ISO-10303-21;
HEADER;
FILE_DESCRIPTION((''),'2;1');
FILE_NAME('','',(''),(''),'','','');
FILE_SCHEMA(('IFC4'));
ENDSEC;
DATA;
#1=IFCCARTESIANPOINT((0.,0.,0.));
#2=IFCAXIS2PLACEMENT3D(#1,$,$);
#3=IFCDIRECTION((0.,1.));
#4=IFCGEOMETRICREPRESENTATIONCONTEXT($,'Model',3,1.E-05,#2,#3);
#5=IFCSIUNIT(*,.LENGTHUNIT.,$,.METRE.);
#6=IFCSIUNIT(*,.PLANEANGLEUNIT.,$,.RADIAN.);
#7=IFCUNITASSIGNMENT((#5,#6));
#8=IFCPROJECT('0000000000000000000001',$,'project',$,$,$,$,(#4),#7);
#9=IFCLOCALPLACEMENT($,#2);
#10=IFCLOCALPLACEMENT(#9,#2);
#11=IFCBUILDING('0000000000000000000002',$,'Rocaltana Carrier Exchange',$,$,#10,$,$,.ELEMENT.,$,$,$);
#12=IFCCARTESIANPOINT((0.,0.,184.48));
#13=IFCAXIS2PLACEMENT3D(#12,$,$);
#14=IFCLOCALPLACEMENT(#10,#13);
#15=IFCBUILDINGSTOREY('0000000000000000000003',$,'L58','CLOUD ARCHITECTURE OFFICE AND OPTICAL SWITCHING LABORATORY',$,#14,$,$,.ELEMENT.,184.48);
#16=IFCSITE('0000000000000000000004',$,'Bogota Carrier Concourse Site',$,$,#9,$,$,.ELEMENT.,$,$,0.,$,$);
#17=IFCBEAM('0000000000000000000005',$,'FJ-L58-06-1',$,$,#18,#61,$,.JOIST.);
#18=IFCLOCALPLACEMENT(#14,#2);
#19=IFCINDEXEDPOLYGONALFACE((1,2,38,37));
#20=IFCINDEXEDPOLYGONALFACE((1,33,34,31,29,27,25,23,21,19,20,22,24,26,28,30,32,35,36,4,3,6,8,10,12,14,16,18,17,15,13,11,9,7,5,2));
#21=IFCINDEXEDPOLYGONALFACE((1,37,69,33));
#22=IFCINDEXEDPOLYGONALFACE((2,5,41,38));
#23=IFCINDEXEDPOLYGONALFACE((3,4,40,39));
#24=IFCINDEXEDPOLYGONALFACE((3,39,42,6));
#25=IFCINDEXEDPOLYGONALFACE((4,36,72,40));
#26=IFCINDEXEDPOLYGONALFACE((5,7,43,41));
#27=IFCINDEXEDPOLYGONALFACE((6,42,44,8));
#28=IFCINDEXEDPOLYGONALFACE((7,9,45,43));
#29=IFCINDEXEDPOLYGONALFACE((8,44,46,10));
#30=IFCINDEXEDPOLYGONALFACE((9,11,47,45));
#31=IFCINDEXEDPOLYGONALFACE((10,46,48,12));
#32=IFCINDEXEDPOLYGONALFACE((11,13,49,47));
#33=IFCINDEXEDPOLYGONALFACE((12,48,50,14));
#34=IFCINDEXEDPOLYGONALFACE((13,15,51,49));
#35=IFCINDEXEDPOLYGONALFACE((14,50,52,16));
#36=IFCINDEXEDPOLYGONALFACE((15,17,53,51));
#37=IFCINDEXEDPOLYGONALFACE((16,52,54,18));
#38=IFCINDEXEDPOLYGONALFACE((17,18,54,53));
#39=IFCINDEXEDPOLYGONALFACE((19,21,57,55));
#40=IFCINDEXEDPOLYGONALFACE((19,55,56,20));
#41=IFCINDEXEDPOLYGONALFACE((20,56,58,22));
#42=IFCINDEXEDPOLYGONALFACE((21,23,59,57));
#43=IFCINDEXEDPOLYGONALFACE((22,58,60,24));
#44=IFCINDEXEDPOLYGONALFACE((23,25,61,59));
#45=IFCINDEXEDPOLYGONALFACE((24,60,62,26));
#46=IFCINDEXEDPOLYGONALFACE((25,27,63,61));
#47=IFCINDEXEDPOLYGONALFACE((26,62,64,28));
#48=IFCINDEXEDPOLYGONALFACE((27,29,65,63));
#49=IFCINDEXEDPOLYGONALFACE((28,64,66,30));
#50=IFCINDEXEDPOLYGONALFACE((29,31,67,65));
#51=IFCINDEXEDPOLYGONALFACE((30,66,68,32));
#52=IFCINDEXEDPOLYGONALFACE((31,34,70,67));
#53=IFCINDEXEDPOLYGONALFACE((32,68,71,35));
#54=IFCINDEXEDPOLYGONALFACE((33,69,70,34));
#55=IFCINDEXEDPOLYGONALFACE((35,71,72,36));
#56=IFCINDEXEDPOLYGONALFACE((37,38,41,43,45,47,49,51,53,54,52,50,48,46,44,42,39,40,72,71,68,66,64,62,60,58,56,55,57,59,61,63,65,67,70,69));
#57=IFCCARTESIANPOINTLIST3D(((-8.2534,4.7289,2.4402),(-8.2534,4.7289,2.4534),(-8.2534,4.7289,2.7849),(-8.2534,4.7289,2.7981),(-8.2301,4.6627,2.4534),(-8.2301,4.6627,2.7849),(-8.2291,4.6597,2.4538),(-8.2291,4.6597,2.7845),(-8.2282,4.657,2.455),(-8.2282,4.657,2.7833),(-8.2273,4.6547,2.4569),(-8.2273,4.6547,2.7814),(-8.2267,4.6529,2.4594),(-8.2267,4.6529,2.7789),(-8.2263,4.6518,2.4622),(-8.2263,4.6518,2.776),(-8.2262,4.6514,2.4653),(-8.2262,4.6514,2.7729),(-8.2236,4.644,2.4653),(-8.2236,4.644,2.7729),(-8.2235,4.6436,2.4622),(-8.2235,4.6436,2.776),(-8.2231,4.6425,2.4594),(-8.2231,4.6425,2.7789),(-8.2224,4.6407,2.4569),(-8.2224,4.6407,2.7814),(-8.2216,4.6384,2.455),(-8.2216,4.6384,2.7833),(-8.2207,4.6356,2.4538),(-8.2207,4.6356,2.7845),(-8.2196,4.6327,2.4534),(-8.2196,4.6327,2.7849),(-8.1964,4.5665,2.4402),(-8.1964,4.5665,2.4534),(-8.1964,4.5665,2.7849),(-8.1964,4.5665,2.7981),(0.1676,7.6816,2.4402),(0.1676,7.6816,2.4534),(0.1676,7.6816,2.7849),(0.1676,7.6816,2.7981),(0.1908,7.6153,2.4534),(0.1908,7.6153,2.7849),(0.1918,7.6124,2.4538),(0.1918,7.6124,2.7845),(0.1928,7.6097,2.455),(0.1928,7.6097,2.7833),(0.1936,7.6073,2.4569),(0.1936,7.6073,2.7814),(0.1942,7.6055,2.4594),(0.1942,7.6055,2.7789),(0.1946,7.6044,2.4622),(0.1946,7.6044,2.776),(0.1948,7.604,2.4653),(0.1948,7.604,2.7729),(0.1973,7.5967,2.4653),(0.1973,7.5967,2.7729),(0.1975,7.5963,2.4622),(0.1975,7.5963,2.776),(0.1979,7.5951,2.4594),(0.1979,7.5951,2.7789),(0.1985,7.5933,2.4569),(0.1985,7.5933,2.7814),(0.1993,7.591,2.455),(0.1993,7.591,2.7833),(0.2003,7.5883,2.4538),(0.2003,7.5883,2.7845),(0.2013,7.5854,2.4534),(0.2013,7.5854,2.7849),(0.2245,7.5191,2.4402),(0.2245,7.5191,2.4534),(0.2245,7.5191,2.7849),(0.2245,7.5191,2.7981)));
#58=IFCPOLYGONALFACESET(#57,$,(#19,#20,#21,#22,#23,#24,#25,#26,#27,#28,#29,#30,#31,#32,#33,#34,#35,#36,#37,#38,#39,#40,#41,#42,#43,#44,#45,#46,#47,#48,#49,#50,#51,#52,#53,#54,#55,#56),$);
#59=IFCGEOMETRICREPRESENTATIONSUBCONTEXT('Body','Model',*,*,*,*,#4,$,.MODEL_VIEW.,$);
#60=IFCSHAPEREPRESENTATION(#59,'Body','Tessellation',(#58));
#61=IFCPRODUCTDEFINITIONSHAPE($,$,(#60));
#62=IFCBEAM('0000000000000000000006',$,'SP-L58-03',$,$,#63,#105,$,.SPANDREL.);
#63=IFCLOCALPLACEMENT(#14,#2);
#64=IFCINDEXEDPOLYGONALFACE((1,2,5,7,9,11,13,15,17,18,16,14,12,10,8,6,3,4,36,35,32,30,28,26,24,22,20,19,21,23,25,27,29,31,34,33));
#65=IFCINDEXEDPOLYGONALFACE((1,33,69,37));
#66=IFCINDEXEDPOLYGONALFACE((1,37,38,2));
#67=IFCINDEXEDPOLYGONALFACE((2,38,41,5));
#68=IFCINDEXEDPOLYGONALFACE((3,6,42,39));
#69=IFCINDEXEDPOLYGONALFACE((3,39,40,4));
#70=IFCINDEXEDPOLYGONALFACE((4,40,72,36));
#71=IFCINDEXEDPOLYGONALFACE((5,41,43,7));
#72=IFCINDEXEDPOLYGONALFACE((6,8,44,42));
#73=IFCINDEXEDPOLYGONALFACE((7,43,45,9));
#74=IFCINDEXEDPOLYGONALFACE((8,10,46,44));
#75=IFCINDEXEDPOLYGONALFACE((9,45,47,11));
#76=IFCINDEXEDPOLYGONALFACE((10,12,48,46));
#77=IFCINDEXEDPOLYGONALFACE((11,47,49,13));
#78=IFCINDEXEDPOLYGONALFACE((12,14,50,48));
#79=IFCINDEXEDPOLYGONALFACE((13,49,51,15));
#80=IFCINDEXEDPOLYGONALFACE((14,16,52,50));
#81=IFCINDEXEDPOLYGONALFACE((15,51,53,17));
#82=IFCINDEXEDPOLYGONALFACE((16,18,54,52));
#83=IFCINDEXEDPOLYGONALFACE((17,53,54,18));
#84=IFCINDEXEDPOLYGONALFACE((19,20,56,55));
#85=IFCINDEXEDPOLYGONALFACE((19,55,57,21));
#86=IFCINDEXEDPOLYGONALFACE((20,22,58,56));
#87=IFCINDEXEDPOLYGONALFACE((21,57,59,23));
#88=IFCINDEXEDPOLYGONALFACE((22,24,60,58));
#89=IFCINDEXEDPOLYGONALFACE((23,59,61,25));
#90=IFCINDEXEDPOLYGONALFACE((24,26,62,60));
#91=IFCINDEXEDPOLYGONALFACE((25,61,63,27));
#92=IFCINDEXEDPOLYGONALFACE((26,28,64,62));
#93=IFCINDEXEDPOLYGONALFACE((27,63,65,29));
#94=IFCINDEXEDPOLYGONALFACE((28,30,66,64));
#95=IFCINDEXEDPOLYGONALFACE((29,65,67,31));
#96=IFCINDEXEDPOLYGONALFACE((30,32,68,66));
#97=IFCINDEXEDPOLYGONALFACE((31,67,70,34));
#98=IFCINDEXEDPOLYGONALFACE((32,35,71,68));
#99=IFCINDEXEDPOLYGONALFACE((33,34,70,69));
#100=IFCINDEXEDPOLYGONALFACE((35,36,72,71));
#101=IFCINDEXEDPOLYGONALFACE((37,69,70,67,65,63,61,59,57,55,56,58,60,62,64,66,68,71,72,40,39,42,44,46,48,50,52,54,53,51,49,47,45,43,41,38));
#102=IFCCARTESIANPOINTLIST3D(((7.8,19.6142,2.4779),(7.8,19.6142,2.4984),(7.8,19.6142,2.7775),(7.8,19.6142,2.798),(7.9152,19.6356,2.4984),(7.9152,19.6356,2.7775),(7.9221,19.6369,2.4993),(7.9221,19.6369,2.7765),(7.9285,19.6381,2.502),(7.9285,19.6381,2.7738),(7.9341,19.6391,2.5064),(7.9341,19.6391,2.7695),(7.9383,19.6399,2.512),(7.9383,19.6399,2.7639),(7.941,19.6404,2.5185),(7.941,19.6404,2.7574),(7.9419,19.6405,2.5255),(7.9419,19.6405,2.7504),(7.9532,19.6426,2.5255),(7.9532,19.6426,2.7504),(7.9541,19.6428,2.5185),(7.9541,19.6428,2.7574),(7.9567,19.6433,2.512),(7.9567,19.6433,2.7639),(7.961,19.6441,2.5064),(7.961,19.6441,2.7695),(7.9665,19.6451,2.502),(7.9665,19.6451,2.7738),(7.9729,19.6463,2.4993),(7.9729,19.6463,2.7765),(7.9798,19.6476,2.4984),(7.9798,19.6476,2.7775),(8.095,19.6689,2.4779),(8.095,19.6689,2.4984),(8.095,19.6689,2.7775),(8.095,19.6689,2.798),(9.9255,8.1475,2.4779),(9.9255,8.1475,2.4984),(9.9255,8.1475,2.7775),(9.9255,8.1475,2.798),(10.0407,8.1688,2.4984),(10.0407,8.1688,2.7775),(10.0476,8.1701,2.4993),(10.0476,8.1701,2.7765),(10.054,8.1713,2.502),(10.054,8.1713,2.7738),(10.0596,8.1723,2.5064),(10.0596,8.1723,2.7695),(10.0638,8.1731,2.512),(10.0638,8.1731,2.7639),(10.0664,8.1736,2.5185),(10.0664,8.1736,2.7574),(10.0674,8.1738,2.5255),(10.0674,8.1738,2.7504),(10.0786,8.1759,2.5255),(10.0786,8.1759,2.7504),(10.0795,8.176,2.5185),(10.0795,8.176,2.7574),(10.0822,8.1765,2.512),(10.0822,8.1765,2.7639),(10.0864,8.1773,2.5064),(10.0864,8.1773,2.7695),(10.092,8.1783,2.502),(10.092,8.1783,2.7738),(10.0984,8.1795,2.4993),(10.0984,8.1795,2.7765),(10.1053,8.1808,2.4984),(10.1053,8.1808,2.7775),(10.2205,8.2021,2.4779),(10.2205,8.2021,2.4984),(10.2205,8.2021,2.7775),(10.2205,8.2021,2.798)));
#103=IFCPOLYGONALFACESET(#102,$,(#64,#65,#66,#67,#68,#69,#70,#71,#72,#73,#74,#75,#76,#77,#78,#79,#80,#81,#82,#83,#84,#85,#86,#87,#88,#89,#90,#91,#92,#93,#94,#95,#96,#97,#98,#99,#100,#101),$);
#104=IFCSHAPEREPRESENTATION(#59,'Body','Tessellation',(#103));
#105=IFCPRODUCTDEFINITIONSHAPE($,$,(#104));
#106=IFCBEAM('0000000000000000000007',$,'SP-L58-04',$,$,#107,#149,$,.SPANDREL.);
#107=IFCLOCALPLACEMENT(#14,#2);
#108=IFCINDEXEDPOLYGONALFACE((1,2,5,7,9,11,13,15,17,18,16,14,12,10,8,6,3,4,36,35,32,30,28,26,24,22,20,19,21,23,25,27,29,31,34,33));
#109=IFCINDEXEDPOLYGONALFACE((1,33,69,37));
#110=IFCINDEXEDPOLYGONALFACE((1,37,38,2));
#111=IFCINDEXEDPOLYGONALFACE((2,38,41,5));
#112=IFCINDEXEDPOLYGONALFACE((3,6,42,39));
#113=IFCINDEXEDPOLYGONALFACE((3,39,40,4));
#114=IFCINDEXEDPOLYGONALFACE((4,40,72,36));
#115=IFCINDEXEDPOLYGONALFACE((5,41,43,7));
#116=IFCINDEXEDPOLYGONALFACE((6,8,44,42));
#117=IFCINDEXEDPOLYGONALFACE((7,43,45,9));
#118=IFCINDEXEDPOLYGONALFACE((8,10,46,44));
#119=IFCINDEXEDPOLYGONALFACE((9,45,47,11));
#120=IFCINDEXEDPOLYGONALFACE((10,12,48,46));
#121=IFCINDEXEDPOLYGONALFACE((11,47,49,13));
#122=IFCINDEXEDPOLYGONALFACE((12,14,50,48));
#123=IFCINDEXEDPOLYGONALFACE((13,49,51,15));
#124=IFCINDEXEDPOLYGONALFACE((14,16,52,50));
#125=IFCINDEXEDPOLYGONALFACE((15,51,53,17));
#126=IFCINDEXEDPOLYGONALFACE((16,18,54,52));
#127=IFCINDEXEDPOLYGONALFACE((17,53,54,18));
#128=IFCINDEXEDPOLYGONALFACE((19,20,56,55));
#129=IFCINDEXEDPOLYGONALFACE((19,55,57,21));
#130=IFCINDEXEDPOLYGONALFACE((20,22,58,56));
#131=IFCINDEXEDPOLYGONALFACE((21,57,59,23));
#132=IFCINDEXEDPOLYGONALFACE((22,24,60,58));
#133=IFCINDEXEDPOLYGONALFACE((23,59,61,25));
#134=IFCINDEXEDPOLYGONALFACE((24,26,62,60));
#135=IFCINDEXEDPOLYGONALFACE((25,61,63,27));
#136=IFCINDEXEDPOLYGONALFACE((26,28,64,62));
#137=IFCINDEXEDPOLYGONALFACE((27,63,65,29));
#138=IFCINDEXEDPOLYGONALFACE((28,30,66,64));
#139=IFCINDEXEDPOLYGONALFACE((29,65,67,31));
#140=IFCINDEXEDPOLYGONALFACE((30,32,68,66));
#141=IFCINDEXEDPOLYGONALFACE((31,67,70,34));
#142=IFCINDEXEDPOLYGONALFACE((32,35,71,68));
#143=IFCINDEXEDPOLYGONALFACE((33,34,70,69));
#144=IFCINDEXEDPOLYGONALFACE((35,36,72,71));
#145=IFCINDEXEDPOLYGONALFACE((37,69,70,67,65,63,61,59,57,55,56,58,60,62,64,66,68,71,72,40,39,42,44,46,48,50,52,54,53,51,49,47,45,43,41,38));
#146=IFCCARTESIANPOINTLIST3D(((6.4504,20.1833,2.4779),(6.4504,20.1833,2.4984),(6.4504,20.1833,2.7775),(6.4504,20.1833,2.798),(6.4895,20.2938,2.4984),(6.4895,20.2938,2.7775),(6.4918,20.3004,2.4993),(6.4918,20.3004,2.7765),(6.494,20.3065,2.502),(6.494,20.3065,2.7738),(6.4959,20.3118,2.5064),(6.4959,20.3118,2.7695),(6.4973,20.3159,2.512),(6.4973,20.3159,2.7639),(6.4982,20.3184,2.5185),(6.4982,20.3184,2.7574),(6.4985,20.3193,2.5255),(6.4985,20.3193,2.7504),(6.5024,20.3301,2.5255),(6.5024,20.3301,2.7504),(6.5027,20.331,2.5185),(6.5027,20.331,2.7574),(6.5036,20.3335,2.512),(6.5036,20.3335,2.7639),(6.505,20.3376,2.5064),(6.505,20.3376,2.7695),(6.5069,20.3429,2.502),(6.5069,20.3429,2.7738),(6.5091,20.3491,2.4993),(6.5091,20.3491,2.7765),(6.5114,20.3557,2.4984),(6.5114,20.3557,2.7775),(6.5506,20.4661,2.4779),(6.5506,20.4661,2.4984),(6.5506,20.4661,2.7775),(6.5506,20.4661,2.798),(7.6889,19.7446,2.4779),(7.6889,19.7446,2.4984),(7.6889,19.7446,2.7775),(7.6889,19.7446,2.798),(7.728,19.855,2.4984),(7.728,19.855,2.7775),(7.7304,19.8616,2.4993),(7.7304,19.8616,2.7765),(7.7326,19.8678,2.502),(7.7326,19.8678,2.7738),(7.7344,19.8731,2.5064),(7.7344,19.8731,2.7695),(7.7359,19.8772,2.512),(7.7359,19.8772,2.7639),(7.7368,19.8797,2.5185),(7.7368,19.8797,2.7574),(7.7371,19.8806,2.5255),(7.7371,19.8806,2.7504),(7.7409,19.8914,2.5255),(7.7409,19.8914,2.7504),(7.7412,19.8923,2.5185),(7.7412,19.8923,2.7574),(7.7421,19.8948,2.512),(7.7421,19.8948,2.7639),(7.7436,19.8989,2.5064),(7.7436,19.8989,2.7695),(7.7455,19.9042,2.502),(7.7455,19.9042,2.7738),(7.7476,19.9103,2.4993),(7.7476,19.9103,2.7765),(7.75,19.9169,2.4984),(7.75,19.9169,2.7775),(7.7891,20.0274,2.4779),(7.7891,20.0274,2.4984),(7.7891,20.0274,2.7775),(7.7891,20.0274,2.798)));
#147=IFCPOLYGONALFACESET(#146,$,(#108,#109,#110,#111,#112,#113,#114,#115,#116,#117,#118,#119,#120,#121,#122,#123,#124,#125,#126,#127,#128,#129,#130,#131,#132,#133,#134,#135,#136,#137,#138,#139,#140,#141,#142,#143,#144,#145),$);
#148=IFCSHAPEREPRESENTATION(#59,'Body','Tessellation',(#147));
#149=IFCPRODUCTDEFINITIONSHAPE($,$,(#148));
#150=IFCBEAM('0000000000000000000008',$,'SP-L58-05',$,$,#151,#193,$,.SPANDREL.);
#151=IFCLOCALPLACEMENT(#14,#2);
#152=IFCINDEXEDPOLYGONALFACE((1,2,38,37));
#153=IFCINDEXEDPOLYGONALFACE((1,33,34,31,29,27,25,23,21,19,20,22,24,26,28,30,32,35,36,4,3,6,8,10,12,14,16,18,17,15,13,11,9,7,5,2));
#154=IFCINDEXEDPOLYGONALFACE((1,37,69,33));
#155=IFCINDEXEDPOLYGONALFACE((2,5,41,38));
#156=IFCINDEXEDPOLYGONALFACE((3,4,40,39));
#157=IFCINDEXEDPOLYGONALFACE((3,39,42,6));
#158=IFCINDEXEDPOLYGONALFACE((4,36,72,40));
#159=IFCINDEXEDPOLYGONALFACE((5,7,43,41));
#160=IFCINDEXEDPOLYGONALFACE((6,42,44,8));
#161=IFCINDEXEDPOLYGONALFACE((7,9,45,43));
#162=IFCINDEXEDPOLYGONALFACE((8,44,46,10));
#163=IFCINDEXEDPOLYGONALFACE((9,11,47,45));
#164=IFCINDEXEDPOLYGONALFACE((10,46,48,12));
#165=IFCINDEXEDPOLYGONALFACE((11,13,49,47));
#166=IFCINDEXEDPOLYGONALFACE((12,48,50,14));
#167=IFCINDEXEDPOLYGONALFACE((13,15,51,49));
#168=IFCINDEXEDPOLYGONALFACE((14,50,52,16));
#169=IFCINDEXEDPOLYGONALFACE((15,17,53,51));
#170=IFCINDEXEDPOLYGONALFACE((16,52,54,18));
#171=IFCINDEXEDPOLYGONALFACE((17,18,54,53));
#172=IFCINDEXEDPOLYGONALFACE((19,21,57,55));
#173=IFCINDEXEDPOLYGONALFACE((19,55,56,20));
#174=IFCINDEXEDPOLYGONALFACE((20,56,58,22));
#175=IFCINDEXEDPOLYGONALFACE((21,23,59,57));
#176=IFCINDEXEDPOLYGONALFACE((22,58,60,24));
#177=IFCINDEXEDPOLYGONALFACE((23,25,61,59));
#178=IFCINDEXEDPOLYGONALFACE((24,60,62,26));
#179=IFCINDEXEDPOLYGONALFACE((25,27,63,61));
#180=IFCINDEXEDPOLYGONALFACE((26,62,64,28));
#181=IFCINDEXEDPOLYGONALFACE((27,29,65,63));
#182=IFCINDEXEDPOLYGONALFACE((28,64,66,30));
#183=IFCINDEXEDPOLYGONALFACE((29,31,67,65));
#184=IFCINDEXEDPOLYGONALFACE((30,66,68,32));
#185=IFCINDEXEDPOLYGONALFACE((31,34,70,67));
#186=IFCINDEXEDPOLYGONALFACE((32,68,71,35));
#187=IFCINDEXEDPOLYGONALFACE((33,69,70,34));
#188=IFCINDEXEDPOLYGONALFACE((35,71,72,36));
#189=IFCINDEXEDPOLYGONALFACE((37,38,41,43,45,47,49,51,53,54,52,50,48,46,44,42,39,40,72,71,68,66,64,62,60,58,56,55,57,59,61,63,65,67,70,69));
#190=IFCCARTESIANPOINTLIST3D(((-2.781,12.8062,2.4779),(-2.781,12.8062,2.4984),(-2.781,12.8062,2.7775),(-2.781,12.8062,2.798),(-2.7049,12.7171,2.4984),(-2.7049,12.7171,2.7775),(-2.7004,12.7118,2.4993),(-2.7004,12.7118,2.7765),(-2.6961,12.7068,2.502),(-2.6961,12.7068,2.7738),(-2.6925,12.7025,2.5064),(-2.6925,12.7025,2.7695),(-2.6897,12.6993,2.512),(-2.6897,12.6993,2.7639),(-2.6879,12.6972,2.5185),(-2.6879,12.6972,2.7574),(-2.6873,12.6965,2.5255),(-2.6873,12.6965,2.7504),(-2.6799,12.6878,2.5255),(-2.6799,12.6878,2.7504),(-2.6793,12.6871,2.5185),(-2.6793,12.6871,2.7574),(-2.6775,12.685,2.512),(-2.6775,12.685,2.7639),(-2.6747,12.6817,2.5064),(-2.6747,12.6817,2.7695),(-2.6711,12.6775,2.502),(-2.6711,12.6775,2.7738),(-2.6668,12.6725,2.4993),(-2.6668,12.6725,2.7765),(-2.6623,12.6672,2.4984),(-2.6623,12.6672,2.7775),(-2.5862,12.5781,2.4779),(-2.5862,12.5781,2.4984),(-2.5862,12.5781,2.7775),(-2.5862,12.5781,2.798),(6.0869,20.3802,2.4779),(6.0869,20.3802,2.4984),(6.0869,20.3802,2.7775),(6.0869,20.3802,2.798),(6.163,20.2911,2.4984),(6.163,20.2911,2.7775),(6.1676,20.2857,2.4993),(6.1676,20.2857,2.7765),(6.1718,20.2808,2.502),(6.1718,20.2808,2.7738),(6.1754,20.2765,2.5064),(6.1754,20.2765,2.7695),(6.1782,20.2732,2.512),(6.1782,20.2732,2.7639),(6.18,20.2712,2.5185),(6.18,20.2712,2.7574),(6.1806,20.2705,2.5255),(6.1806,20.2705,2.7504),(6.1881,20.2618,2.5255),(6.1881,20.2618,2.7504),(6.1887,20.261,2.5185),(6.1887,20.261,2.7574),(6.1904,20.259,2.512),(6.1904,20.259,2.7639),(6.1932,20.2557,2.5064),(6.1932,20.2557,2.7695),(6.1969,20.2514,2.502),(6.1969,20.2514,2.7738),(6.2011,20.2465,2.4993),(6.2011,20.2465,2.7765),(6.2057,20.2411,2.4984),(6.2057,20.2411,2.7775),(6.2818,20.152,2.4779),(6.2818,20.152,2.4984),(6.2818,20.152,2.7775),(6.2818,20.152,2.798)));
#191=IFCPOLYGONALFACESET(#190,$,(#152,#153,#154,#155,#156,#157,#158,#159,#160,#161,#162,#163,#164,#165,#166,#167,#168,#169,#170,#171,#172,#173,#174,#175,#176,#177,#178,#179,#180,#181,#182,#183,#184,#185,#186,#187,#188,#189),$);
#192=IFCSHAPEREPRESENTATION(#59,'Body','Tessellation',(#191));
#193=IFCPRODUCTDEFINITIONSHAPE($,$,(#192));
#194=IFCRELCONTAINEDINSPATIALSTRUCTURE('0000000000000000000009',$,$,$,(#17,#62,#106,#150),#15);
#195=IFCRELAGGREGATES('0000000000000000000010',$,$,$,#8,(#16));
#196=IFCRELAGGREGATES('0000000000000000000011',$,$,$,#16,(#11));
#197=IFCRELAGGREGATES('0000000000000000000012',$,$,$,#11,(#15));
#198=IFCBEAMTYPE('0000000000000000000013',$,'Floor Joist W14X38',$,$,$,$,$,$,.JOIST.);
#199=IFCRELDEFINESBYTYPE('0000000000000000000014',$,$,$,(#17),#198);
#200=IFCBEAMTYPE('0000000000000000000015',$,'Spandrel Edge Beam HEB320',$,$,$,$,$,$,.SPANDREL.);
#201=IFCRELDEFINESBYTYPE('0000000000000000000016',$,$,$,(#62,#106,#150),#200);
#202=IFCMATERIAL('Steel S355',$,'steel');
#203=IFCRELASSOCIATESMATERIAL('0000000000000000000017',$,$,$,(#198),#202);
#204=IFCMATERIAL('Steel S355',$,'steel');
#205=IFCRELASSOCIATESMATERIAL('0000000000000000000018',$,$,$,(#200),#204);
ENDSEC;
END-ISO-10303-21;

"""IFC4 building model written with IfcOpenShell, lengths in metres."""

from ifc_helpers import new_model, si_unit, direction, frame, origin, origin_2d, place, context, subcontext, project, spatial, i_section, extrude, material, material_profile, profile_set, type_object, element, save


model = new_model("IFC4")

# Units and contexts
model_context = context("Model", 3, precision=1e-05, world=origin(), true_north=direction((0.0, 1.0)))
body_context = subcontext(model_context, "Body", "Model", "MODEL_VIEW")
ifc_project = project(units=[si_unit("LENGTHUNIT", "METRE"), si_unit("PLANEANGLEUNIT", "RADIAN")], contexts=[model_context])

# Site, building, storey
site_placement = place(None, origin())
site = spatial("IfcSite", under=ifc_project, at=site_placement, Name="Bogota Carrier Concourse Site", CompositionType="ELEMENT", RefElevation=0.0)
building_placement = place(site_placement, origin())
building = spatial("IfcBuilding", under=site, at=building_placement, Name="Rocaltana Carrier Exchange", CompositionType="ELEMENT")
storey_placement = place(building_placement, frame((0.0, 0.0, 184.48)))
storey = spatial("IfcBuildingStorey", under=building, at=storey_placement, Name="L58", Description="CLOUD ARCHITECTURE OFFICE AND OPTICAL SWITCHING LABORATORY", CompositionType="ELEMENT", Elevation=184.48)

# Beams
ifc_material_1 = material(Name="Steel S355", Category="steel")
ifc_material_profile_1 = material_profile(ifc_material_1, i_section(OverallWidth=0.1721, OverallDepth=0.3579, WebThickness=0.0078, FlangeThickness=0.0132, FilletRadius=0.012, at=origin_2d()), Name="W14X38")
ifc_profile_set_1 = profile_set([ifc_material_profile_1], Name="Steel S355")
beam_type_1 = type_object("IfcBeamType", Name="Floor Joist W14X38", PredefinedType="JOIST", material=ifc_profile_set_1)
beam_1_placement = place(storey_placement, frame((0.196, 7.6003, 2.6191), z_axis=(-0.943672, -0.330882, 0.0), x_axis=(0.330882, -0.943672, 0.0)))
element("IfcBeam", 1, at=beam_1_placement, inside=storey, type_object=beam_type_1, Name="FJ-L58-06-1", PredefinedType="JOIST", context=body_context, shape_type="SweptSolid", body=[
    extrude(i_section(OverallWidth=0.1721, OverallDepth=0.3579, WebThickness=0.0078, FlangeThickness=0.0132, FilletRadius=0.012, at=origin_2d()), origin(), (0.0, 0.0, 1.0), 8.9236),
])
ifc_material_2 = material(Name="Steel S355", Category="steel")
ifc_material_profile_2 = material_profile(ifc_material_2, i_section(OverallWidth=0.3, OverallDepth=0.3201, WebThickness=0.0115, FlangeThickness=0.0205, FilletRadius=0.0271, at=origin_2d()), Name="HEB320")
ifc_profile_set_2 = profile_set([ifc_material_profile_2], Name="Steel S355")
beam_type_2 = type_object("IfcBeamType", Name="Spandrel Edge Beam HEB320", PredefinedType="SPANDREL", material=ifc_profile_set_2)
beam_2_placement = place(storey_placement, frame((10.073, 8.1748, 2.6379), z_axis=(-0.182256, 0.983251, 0.0), x_axis=(-0.983251, -0.182256, 0.0)))
element("IfcBeam", 2, at=beam_2_placement, inside=storey, type_object=beam_type_2, Name="SP-L58-03", PredefinedType="SPANDREL", context=body_context, shape_type="SweptSolid", body=[
    extrude(i_section(OverallWidth=0.3, OverallDepth=0.3201, WebThickness=0.0115, FlangeThickness=0.0205, FilletRadius=0.0271, at=origin_2d()), origin(), (0.0, 0.0, 1.0), 11.6621),
])
beam_3_placement = place(storey_placement, frame((7.739, 19.886, 2.6379), z_axis=(-0.942609, 0.333899, 0.0), x_axis=(-0.333899, -0.942609, 0.0)))
element("IfcBeam", 3, at=beam_3_placement, inside=storey, type_object=beam_type_2, Name="SP-L58-04", PredefinedType="SPANDREL", context=body_context, shape_type="SweptSolid", body=[
    extrude(i_section(OverallWidth=0.3, OverallDepth=0.3201, WebThickness=0.0115, FlangeThickness=0.0205, FilletRadius=0.0271, at=origin_2d()), origin(), (0.0, 0.0, 1.0), 1.314),
])
beam_4_placement = place(storey_placement, frame((6.1843, 20.2661, 2.6379), z_axis=(-0.760404, -0.649451, 0.0), x_axis=(0.649451, -0.760404, 0.0)))
element("IfcBeam", 4, at=beam_4_placement, inside=storey, type_object=beam_type_2, Name="SP-L58-05", PredefinedType="SPANDREL", context=body_context, shape_type="SweptSolid", body=[
    extrude(i_section(OverallWidth=0.3, OverallDepth=0.3201, WebThickness=0.0115, FlangeThickness=0.0205, FilletRadius=0.0271, at=origin_2d()), origin(), (0.0, 0.0, 1.0), 11.6621),
])

save(model, "model.ifc")
